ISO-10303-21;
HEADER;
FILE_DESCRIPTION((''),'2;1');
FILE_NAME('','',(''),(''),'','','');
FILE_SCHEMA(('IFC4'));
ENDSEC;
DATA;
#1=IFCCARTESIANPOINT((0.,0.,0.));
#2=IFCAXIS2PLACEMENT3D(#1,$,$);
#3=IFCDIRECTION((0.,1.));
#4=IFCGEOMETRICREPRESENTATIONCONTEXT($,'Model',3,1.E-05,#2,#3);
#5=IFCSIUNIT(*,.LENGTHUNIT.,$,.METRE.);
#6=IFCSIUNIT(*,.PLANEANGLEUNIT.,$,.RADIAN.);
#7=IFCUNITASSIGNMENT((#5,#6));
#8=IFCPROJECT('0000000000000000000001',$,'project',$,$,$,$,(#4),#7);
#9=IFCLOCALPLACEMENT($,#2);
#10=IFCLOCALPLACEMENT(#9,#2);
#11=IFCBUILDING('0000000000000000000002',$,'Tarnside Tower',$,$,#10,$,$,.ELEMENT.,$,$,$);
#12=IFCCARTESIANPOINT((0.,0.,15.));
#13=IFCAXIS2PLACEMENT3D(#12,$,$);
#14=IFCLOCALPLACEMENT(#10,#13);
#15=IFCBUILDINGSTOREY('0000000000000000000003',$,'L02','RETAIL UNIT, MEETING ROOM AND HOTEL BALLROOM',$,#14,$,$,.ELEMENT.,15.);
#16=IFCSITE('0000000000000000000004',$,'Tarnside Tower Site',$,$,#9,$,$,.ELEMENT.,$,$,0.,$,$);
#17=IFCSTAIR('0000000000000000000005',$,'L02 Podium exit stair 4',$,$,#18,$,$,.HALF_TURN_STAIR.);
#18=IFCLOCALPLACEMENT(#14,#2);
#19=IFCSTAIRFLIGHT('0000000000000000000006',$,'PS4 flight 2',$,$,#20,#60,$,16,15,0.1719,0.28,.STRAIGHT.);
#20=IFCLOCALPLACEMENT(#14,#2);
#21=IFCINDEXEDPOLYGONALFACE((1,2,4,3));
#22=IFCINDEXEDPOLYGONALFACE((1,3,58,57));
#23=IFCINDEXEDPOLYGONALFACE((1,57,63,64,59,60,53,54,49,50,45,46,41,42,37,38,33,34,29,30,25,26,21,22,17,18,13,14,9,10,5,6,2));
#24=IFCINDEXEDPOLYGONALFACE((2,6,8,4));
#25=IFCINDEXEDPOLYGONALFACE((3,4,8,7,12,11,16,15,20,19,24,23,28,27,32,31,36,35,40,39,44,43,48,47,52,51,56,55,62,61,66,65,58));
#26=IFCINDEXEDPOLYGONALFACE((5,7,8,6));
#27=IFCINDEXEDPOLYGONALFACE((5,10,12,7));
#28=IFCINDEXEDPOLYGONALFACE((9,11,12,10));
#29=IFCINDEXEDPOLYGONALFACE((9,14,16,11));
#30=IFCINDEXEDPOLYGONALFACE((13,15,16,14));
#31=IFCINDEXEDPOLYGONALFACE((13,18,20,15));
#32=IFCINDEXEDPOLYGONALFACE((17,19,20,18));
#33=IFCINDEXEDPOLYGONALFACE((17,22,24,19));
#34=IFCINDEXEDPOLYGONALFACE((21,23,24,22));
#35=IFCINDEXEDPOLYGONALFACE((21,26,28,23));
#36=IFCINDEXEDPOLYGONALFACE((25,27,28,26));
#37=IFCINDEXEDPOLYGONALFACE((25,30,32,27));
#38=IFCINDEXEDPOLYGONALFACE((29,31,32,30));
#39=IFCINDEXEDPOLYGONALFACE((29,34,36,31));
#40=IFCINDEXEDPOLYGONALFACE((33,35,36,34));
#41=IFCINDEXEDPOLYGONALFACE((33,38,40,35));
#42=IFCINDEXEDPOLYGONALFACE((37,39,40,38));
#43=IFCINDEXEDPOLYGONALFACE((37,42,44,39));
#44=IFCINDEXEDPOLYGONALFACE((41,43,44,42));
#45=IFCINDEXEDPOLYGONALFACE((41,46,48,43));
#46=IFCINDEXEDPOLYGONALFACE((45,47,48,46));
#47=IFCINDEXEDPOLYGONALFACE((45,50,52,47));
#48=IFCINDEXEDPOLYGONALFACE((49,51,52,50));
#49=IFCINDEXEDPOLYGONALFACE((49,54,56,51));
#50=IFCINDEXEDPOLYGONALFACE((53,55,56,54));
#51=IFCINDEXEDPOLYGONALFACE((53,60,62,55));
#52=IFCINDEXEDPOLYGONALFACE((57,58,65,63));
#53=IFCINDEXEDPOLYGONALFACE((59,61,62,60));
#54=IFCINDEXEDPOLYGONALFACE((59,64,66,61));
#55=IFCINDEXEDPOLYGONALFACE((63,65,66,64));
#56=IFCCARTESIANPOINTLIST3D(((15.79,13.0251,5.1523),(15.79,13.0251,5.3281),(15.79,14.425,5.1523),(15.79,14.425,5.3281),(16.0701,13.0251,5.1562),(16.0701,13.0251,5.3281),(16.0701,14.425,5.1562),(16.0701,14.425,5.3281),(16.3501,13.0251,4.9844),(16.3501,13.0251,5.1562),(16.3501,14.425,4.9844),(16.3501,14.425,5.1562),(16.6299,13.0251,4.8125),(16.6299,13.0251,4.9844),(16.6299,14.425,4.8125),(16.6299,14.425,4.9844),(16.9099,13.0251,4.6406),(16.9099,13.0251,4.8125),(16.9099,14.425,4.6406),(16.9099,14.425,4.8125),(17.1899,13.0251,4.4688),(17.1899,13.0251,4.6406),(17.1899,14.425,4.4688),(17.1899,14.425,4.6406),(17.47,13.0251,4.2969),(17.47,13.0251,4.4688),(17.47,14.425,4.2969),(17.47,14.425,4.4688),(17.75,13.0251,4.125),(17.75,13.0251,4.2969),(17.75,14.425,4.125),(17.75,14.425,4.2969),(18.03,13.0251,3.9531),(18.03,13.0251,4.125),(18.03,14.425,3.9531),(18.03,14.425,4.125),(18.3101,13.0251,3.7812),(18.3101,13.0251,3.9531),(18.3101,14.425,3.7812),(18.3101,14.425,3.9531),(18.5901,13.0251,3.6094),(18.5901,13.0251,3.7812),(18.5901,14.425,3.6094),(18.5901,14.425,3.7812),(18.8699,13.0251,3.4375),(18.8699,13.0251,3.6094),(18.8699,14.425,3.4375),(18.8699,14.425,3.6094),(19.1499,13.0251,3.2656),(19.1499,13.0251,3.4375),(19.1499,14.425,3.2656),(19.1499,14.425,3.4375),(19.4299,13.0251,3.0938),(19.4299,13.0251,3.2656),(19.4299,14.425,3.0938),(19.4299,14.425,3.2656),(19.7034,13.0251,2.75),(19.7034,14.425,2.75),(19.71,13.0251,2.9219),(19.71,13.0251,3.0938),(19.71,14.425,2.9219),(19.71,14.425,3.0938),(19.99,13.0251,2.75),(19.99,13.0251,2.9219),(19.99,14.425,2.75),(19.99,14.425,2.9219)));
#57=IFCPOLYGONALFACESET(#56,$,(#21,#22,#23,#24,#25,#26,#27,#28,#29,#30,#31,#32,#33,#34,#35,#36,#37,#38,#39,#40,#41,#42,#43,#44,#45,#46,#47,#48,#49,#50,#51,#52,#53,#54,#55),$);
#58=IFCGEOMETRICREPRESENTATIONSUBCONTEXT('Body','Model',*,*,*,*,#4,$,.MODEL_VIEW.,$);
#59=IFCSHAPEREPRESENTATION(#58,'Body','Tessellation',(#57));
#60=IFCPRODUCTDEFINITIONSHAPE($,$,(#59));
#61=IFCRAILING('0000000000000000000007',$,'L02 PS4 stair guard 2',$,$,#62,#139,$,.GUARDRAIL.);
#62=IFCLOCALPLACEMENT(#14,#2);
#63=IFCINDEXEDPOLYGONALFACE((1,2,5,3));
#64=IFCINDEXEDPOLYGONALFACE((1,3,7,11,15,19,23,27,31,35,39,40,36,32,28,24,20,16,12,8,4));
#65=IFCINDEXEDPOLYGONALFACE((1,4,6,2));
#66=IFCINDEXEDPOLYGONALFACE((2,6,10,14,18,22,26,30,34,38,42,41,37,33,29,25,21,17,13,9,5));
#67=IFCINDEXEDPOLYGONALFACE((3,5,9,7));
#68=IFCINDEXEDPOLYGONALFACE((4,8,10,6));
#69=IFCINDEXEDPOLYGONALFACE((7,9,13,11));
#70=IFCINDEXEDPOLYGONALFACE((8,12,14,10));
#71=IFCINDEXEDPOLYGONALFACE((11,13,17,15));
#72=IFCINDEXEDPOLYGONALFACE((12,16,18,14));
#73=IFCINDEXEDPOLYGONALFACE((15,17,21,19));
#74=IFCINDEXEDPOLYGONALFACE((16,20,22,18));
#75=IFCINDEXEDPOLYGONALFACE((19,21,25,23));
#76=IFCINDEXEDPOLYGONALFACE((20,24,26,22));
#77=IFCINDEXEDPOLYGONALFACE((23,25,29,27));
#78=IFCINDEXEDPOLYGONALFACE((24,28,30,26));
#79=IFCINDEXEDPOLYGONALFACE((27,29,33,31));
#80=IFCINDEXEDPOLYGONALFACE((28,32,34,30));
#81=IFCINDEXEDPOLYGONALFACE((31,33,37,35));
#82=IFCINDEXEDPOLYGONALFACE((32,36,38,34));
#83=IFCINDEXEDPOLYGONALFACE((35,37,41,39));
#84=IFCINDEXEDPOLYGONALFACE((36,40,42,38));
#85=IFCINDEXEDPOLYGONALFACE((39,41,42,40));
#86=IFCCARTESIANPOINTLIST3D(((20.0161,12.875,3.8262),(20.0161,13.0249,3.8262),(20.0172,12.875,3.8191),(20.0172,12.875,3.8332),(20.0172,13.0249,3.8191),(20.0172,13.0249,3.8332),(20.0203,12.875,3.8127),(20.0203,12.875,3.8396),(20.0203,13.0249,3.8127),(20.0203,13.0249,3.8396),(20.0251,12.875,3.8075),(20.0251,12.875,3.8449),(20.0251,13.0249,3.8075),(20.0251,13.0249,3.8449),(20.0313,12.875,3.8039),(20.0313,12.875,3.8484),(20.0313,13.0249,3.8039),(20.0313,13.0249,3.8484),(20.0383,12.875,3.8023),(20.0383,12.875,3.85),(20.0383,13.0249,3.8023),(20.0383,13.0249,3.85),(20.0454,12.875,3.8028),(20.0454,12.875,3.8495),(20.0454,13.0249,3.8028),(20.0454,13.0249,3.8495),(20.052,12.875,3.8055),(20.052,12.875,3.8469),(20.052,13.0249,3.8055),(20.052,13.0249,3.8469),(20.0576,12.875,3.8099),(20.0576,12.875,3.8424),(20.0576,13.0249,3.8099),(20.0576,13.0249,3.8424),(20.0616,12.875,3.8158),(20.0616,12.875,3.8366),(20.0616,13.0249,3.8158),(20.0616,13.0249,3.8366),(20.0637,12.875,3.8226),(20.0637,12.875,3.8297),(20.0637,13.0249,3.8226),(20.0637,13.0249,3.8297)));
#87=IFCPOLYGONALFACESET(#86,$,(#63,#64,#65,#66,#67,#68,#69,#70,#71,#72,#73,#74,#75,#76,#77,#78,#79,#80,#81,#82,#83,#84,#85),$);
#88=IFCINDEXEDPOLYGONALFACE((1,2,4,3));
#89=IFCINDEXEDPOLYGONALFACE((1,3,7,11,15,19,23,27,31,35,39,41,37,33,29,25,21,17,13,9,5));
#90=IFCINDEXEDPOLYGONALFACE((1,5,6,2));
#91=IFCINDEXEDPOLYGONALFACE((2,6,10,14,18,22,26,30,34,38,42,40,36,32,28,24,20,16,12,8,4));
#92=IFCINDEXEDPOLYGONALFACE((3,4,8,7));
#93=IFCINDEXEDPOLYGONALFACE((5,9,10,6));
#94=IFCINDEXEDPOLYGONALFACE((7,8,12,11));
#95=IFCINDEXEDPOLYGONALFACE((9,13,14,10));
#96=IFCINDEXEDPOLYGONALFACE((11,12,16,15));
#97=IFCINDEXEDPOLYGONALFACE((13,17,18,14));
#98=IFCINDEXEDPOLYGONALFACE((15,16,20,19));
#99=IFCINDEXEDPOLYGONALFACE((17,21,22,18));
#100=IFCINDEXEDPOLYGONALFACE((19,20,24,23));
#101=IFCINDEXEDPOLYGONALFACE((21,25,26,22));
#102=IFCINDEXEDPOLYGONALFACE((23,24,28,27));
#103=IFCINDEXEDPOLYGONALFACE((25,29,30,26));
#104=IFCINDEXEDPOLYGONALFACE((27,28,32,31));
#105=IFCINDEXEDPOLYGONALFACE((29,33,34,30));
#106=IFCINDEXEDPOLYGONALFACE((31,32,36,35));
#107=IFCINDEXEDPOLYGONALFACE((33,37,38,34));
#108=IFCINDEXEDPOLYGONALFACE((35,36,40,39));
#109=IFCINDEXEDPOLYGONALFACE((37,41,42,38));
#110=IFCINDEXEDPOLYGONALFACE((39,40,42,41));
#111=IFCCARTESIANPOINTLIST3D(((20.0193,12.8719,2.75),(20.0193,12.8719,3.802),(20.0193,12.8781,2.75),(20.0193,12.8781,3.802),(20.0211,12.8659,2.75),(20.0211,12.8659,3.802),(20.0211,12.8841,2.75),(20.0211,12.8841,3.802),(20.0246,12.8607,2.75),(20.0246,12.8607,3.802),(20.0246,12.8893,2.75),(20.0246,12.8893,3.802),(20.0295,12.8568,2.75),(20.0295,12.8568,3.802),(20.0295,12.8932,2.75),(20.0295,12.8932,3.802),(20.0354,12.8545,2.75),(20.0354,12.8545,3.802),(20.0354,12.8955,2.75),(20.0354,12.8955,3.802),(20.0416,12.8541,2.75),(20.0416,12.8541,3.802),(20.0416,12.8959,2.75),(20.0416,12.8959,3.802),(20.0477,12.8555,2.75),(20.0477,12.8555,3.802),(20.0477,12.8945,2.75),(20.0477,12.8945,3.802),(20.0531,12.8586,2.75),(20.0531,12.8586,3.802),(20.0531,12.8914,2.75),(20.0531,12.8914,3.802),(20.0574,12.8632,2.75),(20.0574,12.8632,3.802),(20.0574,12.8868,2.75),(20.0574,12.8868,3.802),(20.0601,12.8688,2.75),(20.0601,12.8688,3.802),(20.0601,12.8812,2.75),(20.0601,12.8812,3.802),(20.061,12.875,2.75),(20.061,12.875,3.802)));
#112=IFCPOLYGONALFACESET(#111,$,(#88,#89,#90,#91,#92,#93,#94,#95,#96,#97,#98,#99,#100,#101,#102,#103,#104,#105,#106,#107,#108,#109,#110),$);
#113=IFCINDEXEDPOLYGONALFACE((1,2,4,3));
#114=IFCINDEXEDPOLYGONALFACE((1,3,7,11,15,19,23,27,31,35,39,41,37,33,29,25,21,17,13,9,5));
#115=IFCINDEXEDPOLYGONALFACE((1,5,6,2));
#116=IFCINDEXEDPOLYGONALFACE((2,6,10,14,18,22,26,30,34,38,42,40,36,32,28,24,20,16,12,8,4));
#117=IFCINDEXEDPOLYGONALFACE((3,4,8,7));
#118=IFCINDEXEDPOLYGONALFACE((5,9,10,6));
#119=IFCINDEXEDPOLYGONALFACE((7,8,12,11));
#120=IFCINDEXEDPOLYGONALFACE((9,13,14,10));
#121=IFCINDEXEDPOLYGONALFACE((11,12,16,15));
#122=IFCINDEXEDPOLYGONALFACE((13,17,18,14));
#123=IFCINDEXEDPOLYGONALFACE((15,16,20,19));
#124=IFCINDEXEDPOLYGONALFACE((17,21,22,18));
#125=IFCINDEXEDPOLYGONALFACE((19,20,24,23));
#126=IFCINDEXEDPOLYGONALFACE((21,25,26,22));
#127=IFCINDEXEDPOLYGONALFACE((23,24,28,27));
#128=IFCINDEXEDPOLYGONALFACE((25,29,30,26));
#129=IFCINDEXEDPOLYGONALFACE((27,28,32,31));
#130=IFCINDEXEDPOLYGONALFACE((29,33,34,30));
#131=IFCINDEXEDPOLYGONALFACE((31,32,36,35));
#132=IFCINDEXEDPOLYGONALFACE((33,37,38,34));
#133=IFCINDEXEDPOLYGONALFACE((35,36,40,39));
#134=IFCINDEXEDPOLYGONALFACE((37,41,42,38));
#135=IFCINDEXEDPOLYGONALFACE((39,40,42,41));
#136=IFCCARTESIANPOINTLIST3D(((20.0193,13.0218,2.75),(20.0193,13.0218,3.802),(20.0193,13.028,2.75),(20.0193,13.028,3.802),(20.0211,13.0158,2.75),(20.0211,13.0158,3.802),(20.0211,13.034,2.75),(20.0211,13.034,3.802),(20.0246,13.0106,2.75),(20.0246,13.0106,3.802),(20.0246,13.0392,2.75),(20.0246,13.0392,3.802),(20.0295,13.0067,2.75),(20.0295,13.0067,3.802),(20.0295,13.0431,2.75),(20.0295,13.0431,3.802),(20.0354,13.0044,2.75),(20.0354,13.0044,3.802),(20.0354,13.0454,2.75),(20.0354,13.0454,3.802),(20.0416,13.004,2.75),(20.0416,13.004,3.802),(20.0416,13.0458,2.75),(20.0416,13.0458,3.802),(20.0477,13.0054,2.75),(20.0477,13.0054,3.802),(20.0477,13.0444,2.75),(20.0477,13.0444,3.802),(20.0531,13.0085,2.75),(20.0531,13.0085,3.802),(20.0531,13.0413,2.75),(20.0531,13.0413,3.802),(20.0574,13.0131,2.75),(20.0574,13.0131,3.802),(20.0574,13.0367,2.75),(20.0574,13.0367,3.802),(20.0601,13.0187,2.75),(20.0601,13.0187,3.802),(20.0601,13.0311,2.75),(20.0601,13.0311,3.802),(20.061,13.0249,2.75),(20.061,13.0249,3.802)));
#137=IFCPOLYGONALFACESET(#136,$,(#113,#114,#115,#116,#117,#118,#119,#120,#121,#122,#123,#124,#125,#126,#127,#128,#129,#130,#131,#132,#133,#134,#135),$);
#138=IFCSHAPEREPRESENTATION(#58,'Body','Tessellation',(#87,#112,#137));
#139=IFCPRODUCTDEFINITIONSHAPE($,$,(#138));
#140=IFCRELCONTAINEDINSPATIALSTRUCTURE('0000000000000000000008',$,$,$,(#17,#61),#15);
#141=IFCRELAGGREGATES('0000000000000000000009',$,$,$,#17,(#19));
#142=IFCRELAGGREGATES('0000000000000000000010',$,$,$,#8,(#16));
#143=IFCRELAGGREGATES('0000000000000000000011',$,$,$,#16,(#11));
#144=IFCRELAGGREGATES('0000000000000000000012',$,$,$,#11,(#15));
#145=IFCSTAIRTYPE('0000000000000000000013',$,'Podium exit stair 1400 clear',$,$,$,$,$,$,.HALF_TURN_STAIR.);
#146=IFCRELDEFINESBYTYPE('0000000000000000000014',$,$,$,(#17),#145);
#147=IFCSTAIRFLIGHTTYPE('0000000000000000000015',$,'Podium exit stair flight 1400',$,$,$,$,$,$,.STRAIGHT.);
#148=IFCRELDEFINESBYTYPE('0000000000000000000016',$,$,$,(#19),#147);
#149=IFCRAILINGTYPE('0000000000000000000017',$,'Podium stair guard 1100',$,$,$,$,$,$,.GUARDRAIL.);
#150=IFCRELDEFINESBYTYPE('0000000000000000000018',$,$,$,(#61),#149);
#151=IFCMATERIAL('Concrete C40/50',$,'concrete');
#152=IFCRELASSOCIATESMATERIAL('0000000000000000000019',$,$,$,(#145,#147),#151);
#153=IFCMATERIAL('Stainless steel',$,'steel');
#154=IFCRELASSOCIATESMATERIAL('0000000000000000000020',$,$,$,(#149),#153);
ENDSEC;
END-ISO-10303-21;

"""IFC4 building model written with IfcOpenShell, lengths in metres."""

from ifc_helpers import new_model, si_unit, direction, frame, origin, origin_2d, place, context, subcontext, project, spatial, polyline, circle, outline, extrude, material, type_object, element, aggregate, save


model = new_model("IFC4")

# Units and contexts
model_context = context("Model", 3, precision=1e-05, world=origin(), true_north=direction((0.0, 1.0)))
body_context = subcontext(model_context, "Body", "Model", "MODEL_VIEW")
ifc_project = project(units=[si_unit("LENGTHUNIT", "METRE"), si_unit("PLANEANGLEUNIT", "RADIAN")], contexts=[model_context])

# Site, building, storey
site_placement = place(None, origin())
site = spatial("IfcSite", under=ifc_project, at=site_placement, Name="Tarnside Tower Site", CompositionType="ELEMENT", RefElevation=0.0)
building_placement = place(site_placement, origin())
building = spatial("IfcBuilding", under=site, at=building_placement, Name="Tarnside Tower", CompositionType="ELEMENT")
storey_placement = place(building_placement, frame((0.0, 0.0, 15.0)))
storey = spatial("IfcBuildingStorey", under=building, at=storey_placement, Name="L02", Description="RETAIL UNIT, MEETING ROOM AND HOTEL BALLROOM", CompositionType="ELEMENT", Elevation=15.0)

# Stair, stair flight
ifc_material_1 = material(Name="Concrete C40/50", Category="concrete")
stair_type = type_object("IfcStairType", Name="Podium exit stair 1400 clear", PredefinedType="HALF_TURN_STAIR", material=ifc_material_1)
stair_placement = place(storey_placement, origin())
stair = element("IfcStair", 1, at=stair_placement, inside=storey, type_object=stair_type, Name="L02 Podium exit stair 4", PredefinedType="HALF_TURN_STAIR")
stair_flight_type = type_object("IfcStairFlightType", Name="Podium exit stair flight 1400", PredefinedType="STRAIGHT", material=ifc_material_1)
stair_flight_placement = place(storey_placement, frame((19.99, 13.7251, 2.75), z_axis=(0.0, 0.0, 1.0), x_axis=(-1.0, 0.0, 0.0)))
stair_flight = element("IfcStairFlight", 2, at=stair_flight_placement, type_object=stair_flight_type, Name="PS4 flight 2", NumberOfRisers=16, NumberOfTreads=15, PredefinedType="STRAIGHT", RiserHeight=0.1719, TreadLength=0.28, context=body_context, shape_type="SweptSolid", body=[
    extrude(outline(polyline([(0.0, 0.0), (0.0, 0.1719), (0.28, 0.1719), (0.28, 0.3438), (0.5601, 0.3438), (0.5601, 0.5156), (0.8401, 0.5156), (0.8401, 0.6875), (1.1201, 0.6875), (1.1201, 0.8594), (1.3999, 0.8594), (1.3999, 1.0312), (1.6799, 1.0312), (1.6799, 1.2031), (1.96, 1.2031), (1.96, 1.375), (2.24, 1.375), (2.24, 1.5469), (2.52, 1.5469), (2.52, 1.7188), (2.8, 1.7188), (2.8, 1.8906), (3.0801, 1.8906), (3.0801, 2.0625), (3.3601, 2.0625), (3.3601, 2.2344), (3.6399, 2.2344), (3.6399, 2.4062), (3.9199, 2.4062), (3.9199, 2.5781), (4.2, 2.5781), (4.2, 2.75), (4.2, 2.4023), (0.2866, 0.0), (0.0, 0.0)])), frame((0.0, 0.7, 0.0), z_axis=(0.0, -1.0, 0.0), x_axis=(1.0, 0.0, 0.0)), (0.0, 0.0, 1.0), 1.3999),
])
aggregate(stair, [stair_flight])

# Railing
ifc_material_2 = material(Name="Stainless steel", Category="steel")
railing_type_1 = type_object("IfcRailingType", Name="Podium stair guard 1100", PredefinedType="GUARDRAIL", material=ifc_material_2)
railing_1_placement = place(storey_placement, frame((20.04, 12.875, 2.75)))
element("IfcRailing", 3, at=railing_1_placement, inside=storey, type_object=railing_type_1, Name="L02 PS4 stair guard 2", PredefinedType="GUARDRAIL", context=body_context, shape_type="SweptSolid", body=[
    extrude(circle(Radius=0.0239, at=origin_2d()), frame((0.0, 0.0, 1.0762), z_axis=(0.0, 1.0, 0.0), x_axis=(-1.0, 0.0, 0.0)), (0.0, 0.0, 1.0), 0.1499),
    extrude(circle(Radius=0.021, at=origin_2d()), origin(), (0.0, 0.0, 1.0), 1.052),
    extrude(circle(Radius=0.021, at=origin_2d()), frame((0.0, 0.1499, 0.0)), (0.0, 0.0, 1.0), 1.052),
])

save(model, "model.ifc")
